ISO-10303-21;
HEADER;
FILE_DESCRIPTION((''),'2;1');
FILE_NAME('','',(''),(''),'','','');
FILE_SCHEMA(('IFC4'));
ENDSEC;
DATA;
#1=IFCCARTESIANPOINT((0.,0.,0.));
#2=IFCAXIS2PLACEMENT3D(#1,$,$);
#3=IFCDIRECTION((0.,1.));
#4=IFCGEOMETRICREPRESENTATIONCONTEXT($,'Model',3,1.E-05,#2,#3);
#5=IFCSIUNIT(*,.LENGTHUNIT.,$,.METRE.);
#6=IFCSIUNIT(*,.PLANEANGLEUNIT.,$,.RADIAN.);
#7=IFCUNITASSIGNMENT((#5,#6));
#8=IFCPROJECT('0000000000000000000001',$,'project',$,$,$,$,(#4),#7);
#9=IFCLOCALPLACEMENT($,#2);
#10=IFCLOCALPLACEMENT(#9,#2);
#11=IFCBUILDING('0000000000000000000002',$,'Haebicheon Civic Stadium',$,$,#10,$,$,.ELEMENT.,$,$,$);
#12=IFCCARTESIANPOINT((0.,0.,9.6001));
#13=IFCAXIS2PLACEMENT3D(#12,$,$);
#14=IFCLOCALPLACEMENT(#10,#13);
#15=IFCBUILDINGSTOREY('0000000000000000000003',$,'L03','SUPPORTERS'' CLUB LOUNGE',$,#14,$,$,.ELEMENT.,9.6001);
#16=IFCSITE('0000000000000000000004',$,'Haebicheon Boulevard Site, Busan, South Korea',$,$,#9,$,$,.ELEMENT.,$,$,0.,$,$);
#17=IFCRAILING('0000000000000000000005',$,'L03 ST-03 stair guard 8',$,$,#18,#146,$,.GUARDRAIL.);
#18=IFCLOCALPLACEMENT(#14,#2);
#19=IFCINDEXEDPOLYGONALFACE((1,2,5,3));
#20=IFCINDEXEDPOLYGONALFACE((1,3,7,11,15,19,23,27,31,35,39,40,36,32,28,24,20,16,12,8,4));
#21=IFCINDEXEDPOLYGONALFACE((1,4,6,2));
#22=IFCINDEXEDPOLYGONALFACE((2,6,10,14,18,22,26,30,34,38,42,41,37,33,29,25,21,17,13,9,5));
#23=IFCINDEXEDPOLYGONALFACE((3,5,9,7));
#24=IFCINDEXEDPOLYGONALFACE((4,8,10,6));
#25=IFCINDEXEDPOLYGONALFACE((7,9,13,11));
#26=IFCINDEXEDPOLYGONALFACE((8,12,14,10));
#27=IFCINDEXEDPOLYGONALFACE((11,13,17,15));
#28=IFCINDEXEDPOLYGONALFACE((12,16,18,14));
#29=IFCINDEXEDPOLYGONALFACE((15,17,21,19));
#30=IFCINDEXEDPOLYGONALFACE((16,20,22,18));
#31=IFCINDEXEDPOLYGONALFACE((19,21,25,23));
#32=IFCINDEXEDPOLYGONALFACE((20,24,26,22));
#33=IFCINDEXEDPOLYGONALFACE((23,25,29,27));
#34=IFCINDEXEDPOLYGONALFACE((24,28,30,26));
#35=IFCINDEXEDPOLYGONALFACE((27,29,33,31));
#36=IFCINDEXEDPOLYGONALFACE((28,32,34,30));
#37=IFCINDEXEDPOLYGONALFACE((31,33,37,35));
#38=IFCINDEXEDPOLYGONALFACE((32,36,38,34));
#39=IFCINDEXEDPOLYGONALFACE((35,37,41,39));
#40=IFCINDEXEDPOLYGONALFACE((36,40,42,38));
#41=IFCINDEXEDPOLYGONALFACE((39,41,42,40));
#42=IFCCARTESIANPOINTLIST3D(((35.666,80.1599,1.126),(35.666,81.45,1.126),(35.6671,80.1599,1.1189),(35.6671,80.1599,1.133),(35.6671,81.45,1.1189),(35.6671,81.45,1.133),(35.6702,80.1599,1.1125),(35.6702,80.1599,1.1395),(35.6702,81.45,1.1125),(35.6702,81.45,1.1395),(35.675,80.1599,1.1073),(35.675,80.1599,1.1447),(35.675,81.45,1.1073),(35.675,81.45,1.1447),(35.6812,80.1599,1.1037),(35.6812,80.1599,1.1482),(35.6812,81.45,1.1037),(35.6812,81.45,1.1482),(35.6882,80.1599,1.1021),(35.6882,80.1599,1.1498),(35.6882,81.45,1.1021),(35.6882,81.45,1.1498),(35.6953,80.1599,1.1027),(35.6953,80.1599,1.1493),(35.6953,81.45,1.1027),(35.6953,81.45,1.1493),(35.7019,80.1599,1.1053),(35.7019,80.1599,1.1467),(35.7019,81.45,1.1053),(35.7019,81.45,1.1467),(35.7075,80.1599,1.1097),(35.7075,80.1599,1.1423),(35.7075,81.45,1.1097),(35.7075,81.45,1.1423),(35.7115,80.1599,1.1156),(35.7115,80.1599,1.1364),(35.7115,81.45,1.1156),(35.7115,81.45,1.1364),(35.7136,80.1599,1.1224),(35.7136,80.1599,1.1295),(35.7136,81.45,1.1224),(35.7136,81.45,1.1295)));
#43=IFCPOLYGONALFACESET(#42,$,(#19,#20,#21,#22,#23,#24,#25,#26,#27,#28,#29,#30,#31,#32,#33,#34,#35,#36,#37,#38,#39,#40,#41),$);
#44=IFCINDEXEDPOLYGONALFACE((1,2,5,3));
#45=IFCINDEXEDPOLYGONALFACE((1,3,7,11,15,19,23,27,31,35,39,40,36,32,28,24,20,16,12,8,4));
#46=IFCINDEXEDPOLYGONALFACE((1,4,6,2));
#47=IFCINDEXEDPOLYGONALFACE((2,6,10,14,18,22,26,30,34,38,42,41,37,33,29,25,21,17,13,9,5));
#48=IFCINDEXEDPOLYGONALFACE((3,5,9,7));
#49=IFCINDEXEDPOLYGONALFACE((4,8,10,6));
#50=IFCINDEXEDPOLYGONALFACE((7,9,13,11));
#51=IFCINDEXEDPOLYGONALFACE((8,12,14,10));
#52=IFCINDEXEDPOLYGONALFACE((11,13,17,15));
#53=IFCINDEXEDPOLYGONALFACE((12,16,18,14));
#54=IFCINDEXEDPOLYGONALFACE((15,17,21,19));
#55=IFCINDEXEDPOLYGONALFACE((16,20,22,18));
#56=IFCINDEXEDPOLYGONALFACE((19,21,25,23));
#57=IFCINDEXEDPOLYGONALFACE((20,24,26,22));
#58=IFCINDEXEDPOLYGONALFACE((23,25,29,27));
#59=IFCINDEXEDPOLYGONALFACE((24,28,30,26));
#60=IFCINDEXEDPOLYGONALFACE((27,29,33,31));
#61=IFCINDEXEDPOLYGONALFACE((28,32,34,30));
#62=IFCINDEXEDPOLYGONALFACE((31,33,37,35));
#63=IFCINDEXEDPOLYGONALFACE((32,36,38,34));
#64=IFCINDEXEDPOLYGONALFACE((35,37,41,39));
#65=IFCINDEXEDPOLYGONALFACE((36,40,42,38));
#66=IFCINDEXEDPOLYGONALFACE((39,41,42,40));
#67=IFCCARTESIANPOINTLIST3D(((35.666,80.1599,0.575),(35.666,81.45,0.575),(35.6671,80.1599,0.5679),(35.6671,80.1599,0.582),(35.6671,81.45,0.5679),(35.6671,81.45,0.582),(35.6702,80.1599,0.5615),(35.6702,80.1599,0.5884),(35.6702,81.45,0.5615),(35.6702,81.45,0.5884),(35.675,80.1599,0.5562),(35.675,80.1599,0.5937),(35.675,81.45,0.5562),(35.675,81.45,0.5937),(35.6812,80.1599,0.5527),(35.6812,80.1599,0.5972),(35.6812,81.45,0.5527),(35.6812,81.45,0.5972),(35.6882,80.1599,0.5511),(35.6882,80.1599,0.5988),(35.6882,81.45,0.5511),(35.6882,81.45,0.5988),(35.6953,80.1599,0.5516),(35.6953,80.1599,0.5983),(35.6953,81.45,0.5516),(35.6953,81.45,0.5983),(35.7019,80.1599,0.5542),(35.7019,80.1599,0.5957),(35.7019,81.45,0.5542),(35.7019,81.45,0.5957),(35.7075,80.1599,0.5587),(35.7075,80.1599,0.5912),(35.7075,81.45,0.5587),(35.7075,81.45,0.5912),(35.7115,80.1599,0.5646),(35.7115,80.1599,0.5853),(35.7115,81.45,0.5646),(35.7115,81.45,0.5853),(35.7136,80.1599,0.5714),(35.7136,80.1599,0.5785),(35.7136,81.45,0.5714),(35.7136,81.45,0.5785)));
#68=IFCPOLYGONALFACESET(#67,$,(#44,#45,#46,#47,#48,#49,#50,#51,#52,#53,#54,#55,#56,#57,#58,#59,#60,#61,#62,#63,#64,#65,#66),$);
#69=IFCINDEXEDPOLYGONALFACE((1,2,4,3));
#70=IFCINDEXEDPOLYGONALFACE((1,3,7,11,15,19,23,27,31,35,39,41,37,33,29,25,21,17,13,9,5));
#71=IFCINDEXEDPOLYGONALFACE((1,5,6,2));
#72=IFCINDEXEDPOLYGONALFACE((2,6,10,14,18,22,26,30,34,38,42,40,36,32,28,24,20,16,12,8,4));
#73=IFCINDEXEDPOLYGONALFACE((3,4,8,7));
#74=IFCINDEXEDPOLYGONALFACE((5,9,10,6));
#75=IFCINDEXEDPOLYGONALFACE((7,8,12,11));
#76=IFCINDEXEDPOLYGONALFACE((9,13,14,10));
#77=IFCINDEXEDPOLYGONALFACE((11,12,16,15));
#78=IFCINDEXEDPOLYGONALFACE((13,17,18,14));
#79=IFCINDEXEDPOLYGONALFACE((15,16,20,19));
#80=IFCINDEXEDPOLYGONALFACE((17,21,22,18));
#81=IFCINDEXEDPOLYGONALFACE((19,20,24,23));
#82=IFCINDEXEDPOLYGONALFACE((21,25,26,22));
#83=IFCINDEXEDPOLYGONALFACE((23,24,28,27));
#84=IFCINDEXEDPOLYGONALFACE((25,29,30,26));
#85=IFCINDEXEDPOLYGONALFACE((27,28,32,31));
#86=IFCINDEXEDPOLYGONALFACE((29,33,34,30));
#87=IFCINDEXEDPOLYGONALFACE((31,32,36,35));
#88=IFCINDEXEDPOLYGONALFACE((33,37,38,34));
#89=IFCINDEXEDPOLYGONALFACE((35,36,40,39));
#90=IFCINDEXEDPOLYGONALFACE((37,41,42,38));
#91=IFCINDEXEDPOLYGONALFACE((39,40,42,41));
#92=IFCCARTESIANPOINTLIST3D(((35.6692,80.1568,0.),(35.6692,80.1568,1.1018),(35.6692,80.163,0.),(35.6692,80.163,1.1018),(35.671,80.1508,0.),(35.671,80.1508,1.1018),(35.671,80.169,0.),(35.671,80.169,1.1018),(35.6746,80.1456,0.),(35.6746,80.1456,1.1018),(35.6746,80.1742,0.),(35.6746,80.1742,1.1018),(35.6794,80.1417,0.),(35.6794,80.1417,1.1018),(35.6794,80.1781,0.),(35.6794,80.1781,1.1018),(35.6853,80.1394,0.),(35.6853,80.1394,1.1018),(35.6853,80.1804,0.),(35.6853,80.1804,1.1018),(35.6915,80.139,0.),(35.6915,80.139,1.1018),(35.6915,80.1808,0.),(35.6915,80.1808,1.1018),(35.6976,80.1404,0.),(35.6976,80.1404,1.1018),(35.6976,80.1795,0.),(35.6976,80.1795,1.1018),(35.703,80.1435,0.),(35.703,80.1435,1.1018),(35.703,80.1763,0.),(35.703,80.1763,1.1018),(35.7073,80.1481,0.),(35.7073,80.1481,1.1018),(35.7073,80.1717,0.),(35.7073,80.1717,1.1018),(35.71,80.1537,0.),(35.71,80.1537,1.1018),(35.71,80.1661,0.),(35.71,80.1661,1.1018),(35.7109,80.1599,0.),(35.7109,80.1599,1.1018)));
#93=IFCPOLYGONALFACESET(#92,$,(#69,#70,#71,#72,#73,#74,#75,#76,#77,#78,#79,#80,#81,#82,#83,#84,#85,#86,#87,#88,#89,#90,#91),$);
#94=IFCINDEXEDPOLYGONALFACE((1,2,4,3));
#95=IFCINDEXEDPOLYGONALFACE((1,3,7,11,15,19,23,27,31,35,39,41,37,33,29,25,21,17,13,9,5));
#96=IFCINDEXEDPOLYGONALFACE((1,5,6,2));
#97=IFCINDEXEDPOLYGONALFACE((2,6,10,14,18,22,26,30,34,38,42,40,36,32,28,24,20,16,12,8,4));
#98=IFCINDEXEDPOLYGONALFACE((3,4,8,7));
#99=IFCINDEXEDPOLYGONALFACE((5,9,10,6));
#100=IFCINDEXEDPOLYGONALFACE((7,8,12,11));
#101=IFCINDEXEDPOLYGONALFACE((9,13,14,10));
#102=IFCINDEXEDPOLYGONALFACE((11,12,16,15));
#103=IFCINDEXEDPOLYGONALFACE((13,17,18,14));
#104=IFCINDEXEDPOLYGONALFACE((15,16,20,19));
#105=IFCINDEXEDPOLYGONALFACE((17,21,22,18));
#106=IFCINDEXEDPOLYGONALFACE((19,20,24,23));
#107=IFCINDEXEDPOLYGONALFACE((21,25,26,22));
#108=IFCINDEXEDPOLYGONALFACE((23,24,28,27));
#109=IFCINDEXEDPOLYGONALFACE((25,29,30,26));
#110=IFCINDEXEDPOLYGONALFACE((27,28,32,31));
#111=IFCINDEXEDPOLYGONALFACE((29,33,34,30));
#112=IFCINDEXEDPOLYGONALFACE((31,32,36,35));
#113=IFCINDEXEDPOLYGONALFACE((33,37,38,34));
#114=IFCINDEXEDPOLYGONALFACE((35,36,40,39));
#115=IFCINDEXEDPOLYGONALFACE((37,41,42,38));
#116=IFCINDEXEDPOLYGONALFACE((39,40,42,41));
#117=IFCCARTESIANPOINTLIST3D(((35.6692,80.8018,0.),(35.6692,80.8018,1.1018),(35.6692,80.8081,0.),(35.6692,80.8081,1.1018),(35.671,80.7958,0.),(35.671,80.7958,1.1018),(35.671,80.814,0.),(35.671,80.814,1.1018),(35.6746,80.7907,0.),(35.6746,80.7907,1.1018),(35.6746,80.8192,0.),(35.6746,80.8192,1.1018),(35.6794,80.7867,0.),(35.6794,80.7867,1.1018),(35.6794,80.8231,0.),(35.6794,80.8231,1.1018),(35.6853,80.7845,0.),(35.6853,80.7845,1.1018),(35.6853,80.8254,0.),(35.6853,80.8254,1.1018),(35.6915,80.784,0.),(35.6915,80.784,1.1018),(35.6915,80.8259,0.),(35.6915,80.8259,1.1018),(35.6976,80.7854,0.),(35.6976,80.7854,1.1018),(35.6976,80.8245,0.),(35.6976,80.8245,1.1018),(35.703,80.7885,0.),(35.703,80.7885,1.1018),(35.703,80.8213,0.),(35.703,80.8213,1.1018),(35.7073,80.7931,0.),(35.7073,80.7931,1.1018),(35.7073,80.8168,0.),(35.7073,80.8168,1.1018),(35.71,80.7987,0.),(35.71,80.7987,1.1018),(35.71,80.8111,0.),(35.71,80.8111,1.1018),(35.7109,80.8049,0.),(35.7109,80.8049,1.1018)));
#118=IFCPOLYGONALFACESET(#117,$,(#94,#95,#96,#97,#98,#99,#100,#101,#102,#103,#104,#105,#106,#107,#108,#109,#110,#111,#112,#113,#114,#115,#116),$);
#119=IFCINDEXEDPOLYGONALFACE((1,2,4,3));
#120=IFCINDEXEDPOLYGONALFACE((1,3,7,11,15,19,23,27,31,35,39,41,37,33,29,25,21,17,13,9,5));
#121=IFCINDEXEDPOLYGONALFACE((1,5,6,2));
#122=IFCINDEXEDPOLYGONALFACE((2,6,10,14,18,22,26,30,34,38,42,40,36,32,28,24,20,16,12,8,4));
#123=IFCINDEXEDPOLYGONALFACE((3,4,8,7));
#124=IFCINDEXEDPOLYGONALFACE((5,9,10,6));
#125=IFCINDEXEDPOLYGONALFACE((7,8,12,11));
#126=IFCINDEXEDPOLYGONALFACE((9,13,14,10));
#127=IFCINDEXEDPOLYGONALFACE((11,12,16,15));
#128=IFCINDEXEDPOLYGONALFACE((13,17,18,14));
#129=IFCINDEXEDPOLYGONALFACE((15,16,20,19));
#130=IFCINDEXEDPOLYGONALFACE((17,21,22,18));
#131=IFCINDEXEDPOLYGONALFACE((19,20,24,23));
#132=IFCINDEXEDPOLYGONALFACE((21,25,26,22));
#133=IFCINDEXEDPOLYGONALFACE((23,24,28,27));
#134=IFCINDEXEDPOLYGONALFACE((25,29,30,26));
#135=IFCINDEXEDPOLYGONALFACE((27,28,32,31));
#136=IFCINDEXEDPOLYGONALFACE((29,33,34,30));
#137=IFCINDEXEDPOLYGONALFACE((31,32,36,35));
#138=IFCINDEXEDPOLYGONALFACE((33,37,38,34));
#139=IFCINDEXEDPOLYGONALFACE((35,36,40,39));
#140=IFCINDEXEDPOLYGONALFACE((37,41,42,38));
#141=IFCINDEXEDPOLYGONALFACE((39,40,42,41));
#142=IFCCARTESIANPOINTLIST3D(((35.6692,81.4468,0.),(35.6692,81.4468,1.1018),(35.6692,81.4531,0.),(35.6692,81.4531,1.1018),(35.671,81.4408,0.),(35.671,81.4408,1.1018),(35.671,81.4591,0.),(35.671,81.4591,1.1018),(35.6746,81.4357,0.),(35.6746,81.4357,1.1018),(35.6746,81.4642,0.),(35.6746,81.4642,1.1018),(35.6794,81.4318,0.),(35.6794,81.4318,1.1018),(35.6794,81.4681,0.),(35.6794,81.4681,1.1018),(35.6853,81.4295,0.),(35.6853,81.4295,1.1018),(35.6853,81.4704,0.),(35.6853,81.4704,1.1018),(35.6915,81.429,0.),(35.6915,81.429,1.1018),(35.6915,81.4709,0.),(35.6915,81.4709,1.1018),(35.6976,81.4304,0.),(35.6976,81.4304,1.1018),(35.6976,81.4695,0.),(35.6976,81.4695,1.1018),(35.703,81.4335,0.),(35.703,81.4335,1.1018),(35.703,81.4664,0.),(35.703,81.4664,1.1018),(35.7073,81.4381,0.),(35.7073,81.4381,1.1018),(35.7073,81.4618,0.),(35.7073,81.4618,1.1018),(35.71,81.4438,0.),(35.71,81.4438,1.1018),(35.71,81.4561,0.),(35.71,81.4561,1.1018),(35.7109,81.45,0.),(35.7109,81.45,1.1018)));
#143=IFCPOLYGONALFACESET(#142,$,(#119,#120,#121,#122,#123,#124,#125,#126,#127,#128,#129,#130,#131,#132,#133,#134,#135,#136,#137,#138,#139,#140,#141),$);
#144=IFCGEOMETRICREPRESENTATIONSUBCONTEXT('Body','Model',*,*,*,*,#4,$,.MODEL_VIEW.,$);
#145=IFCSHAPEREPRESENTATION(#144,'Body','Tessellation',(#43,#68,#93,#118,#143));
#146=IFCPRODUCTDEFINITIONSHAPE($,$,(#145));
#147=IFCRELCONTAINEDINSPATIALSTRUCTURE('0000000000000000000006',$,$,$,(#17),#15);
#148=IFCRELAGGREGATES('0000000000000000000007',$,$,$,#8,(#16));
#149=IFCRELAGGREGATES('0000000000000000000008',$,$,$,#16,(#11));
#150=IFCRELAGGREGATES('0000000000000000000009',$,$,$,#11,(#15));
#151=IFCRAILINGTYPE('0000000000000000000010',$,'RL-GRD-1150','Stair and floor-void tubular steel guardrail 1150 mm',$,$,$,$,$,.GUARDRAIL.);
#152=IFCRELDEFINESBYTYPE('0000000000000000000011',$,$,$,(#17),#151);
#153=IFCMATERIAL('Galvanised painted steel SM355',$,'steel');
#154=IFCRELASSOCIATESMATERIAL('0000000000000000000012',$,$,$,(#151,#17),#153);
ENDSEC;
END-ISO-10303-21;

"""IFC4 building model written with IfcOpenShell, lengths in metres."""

from ifc_helpers import new_model, si_unit, direction, frame, origin, origin_2d, place, context, subcontext, project, spatial, circle, extrude, material, type_object, element, save


model = new_model("IFC4")

# Units and contexts
model_context = context("Model", 3, precision=1e-05, world=origin(), true_north=direction((0.0, 1.0)))
body_context = subcontext(model_context, "Body", "Model", "MODEL_VIEW")
ifc_project = project(units=[si_unit("LENGTHUNIT", "METRE"), si_unit("PLANEANGLEUNIT", "RADIAN")], contexts=[model_context])

# Site, building, storey
site_placement = place(None, origin())
site = spatial("IfcSite", under=ifc_project, at=site_placement, Name="Haebicheon Boulevard Site, Busan, South Korea", CompositionType="ELEMENT", RefElevation=0.0)
building_placement = place(site_placement, origin())
building = spatial("IfcBuilding", under=site, at=building_placement, Name="Haebicheon Civic Stadium", CompositionType="ELEMENT")
storey_placement = place(building_placement, frame((0.0, 0.0, 9.6001)))
storey = spatial("IfcBuildingStorey", under=building, at=storey_placement, Name="L03", Description="SUPPORTERS' CLUB LOUNGE", CompositionType="ELEMENT", Elevation=9.6001)

# Railing
ifc_material_1 = material(Name="Galvanised painted steel SM355", Category="steel")
railing_type_1 = type_object("IfcRailingType", Name="RL-GRD-1150", Description="Stair and floor-void tubular steel guardrail 1150 mm", PredefinedType="GUARDRAIL", material=ifc_material_1)
for number, where, name in (
    (1, (35.6899, 80.1599, 0.0), "L03 ST-03 stair guard 8"),
):
    element("IfcRailing", number, at=place(storey_placement, frame(where)), inside=storey, type_object=railing_type_1, material=ifc_material_1, Name=name, PredefinedType="GUARDRAIL", context=body_context, shape_type="SweptSolid", body=[
        extrude(circle(Radius=0.0239, at=origin_2d()), frame((0.0, 0.0, 1.126), z_axis=(0.0, 1.0, 0.0), x_axis=(-1.0, 0.0, 0.0)), (0.0, 0.0, 1.0), 1.29),
        extrude(circle(Radius=0.0239, at=origin_2d()), frame((0.0, 0.0, 0.575), z_axis=(0.0, 1.0, 0.0), x_axis=(-1.0, 0.0, 0.0)), (0.0, 0.0, 1.0), 1.29),
        extrude(circle(Radius=0.021, at=origin_2d()), origin(), (0.0, 0.0, 1.0), 1.1018),
        extrude(circle(Radius=0.021, at=origin_2d()), frame((0.0, 0.645, 0.0)), (0.0, 0.0, 1.0), 1.1018),
        extrude(circle(Radius=0.021, at=origin_2d()), frame((0.0, 1.29, 0.0)), (0.0, 0.0, 1.0), 1.1018),
    ])

save(model, "model.ifc")
